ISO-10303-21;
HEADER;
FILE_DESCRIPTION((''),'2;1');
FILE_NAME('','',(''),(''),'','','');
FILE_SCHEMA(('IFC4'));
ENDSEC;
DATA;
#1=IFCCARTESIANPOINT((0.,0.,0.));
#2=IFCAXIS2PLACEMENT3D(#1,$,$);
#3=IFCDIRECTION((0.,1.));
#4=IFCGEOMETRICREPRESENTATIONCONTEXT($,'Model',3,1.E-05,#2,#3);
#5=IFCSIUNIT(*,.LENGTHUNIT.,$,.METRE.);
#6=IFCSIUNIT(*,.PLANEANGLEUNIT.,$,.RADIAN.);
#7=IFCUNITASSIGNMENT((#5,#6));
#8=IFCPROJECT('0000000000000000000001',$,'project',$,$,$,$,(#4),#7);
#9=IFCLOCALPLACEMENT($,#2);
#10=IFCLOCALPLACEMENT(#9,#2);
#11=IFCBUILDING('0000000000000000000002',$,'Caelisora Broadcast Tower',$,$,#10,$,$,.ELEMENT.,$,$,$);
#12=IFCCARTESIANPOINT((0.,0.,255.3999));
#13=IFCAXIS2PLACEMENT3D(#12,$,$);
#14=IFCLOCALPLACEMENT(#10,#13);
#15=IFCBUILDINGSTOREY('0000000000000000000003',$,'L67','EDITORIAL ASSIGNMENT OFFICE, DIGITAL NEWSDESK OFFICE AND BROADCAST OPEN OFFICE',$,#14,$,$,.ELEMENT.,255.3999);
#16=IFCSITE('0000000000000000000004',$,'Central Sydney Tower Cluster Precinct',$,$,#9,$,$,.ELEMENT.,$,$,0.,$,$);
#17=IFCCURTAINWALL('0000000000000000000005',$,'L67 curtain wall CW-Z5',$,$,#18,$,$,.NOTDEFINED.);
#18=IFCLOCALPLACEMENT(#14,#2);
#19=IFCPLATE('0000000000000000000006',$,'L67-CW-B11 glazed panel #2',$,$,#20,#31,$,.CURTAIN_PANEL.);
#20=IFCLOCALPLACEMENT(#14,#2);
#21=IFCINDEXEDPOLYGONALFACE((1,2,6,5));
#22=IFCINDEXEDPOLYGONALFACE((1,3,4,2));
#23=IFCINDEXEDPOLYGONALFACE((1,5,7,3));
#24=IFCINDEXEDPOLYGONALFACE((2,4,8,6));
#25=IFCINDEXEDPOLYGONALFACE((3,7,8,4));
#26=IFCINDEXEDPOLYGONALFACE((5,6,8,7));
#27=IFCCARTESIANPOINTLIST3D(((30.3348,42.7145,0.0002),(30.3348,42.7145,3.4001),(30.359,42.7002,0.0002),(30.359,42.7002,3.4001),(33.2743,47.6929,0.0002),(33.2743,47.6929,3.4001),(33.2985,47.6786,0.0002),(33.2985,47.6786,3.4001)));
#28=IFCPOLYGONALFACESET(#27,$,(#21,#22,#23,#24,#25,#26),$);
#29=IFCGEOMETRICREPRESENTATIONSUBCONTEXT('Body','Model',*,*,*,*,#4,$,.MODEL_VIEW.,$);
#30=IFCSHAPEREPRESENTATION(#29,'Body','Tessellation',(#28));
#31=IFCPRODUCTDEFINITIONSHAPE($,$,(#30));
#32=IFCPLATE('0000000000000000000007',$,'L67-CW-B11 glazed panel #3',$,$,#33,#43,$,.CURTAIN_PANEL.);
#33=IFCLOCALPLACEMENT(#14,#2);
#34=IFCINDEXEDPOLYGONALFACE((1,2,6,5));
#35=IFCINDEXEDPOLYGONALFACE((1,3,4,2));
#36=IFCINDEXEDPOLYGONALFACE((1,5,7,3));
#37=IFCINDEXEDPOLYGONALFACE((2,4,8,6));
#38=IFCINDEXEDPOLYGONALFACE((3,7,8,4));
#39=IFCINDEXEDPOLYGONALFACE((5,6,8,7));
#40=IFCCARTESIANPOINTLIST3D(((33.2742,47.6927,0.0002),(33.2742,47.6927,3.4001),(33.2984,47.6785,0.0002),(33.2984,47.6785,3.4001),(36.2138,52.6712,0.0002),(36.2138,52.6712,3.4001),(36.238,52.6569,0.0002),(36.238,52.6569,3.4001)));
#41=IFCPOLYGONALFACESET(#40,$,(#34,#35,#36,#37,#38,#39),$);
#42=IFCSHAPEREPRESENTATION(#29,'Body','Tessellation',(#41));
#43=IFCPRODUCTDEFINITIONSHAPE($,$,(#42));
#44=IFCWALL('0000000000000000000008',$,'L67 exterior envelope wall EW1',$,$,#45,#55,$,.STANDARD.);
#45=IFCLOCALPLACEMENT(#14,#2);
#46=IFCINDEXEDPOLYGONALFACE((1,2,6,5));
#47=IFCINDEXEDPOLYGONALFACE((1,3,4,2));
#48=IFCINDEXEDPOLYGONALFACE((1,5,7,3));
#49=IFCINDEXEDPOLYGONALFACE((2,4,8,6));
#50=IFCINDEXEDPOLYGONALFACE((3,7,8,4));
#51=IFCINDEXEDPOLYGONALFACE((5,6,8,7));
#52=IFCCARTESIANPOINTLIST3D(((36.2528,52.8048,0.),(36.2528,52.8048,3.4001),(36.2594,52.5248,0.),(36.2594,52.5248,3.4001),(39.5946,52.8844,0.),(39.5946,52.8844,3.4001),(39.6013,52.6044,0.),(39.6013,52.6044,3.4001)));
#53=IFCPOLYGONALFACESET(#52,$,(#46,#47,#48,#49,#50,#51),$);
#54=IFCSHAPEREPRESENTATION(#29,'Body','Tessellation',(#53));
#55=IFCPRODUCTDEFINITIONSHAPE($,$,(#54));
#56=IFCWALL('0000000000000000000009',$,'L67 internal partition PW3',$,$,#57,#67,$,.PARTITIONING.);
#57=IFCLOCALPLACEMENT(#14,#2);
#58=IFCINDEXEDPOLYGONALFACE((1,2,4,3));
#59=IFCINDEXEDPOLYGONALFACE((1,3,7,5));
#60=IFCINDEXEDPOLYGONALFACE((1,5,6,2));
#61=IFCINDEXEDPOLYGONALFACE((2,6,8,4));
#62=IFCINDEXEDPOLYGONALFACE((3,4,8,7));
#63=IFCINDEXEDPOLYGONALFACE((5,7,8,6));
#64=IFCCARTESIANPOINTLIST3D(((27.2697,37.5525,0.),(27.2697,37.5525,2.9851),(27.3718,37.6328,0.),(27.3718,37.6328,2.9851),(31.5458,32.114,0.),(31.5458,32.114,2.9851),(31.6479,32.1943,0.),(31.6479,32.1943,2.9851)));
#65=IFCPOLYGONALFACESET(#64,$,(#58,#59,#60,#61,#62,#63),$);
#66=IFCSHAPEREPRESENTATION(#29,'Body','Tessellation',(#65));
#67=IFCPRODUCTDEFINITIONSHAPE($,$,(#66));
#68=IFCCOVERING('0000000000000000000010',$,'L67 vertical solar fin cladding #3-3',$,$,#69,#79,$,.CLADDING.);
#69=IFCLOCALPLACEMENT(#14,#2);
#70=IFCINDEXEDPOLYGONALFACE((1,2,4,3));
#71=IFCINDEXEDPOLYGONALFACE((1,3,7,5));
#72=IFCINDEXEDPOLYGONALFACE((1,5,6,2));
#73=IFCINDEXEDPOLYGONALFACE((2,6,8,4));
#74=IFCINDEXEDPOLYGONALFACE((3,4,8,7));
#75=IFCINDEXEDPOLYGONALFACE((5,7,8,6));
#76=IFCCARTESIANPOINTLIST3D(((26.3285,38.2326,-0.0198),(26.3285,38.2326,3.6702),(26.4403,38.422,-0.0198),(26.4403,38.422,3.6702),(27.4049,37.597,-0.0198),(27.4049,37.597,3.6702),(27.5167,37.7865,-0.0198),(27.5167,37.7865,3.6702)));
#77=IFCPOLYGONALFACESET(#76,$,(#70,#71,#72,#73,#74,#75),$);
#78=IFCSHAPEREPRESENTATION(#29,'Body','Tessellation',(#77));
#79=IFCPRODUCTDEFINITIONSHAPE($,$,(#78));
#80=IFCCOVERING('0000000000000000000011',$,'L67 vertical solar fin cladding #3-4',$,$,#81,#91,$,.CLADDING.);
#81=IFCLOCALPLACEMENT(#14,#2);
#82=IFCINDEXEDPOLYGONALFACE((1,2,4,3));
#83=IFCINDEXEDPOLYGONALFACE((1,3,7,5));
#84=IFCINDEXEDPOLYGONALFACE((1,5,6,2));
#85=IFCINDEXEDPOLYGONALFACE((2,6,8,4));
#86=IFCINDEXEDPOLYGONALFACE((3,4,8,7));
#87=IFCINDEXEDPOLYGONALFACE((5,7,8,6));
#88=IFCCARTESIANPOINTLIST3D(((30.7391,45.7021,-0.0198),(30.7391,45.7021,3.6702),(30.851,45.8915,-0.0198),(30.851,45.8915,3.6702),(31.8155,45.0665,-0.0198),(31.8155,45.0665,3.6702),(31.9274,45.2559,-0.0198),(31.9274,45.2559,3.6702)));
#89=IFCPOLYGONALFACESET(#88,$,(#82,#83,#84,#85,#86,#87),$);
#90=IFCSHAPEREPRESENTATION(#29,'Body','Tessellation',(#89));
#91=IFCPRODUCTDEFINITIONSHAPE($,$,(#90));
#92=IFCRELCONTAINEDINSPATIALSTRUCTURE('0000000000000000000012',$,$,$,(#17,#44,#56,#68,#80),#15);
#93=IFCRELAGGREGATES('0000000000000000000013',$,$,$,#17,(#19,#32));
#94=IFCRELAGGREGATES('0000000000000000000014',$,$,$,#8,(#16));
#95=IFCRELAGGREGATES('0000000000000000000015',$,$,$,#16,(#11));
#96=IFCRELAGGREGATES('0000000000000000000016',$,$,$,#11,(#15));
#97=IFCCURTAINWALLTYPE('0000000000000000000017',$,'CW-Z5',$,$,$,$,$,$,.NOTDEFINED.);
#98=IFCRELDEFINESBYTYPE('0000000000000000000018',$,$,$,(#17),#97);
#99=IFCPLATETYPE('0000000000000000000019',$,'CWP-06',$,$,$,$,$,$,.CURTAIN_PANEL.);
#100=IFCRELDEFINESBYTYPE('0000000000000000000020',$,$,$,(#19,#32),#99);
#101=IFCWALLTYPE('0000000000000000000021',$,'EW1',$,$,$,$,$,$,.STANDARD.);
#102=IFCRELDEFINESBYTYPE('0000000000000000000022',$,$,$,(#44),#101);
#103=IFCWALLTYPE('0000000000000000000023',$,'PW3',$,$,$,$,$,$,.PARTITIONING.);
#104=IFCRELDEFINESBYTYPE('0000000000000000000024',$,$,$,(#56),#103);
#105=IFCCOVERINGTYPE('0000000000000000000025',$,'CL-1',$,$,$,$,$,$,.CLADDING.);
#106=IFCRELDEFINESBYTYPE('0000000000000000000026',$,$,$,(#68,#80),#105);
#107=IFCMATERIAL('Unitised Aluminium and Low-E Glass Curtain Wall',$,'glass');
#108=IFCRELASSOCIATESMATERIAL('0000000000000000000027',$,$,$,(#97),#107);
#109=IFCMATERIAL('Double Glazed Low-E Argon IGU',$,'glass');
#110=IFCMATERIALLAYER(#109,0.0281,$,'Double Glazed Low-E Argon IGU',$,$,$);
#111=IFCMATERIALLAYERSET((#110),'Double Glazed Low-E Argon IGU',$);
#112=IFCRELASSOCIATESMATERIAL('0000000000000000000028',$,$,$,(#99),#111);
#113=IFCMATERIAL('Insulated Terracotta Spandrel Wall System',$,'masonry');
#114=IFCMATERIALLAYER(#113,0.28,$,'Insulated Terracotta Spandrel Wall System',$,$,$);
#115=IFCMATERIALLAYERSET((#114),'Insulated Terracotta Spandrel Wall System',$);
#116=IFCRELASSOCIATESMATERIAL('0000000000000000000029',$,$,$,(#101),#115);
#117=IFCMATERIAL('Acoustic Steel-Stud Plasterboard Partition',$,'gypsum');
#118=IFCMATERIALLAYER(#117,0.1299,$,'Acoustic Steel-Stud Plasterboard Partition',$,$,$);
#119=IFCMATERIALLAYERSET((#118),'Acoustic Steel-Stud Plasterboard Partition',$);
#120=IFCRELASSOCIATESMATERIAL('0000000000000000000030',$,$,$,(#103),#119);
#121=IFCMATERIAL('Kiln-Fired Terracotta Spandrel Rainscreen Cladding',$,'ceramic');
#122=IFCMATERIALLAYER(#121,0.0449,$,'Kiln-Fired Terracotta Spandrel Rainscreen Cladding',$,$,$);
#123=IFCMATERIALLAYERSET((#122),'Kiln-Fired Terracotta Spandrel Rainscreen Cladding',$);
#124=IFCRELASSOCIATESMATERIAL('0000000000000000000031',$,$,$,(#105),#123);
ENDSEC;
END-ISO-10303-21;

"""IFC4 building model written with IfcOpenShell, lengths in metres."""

from ifc_helpers import new_model, si_unit, direction, frame, frame_2d, origin, origin_2d, place, context, subcontext, project, spatial, rectangle, extrude, source, transform, mapped, material, layer, layer_set, type_object, type_shapes, element, aggregate, save


model = new_model("IFC4")

# Units and contexts
model_context = context("Model", 3, precision=1e-05, world=origin(), true_north=direction((0.0, 1.0)))
body_context = subcontext(model_context, "Body", "Model", "MODEL_VIEW")
ifc_project = project(units=[si_unit("LENGTHUNIT", "METRE"), si_unit("PLANEANGLEUNIT", "RADIAN")], contexts=[model_context])

# Site, building, storey
site_placement = place(None, origin())
site = spatial("IfcSite", under=ifc_project, at=site_placement, Name="Central Sydney Tower Cluster Precinct", CompositionType="ELEMENT", RefElevation=0.0)
building_placement = place(site_placement, origin())
building = spatial("IfcBuilding", under=site, at=building_placement, Name="Caelisora Broadcast Tower", CompositionType="ELEMENT")
storey_placement = place(building_placement, frame((0.0, 0.0, 255.3999)))
storey = spatial("IfcBuildingStorey", under=building, at=storey_placement, Name="L67", Description="EDITORIAL ASSIGNMENT OFFICE, DIGITAL NEWSDESK OFFICE AND BROADCAST OPEN OFFICE", CompositionType="ELEMENT", Elevation=255.3999)

# Curtain wall
ifc_material_1 = material(Name="Unitised Aluminium and Low-E Glass Curtain Wall", Category="glass")
curtain_wall_type_1 = type_object("IfcCurtainWallType", Name="CW-Z5", PredefinedType="NOTDEFINED", material=ifc_material_1)
curtain_wall_1_placement = place(storey_placement, origin())
curtain_wall_1 = element("IfcCurtainWall", 1, at=curtain_wall_1_placement, inside=storey, type_object=curtain_wall_type_1, Name="L67 curtain wall CW-Z5", PredefinedType="NOTDEFINED")

# Plates
ifc_material_2 = material(Name="Double Glazed Low-E Argon IGU", Category="glass")
ifc_layer_1 = layer(ifc_material_2, 0.0281, Name="Double Glazed Low-E Argon IGU")
ifc_layer_set_1 = layer_set([ifc_layer_1], Name="Double Glazed Low-E Argon IGU")
plate_type_1 = type_object("IfcPlateType", Name="CWP-06", PredefinedType="CURTAIN_PANEL", material=ifc_layer_set_1)
shared_shape_1 = source(origin(), body_context, "Body", "SweptSolid", [
    extrude(rectangle(XDim=5.7815, YDim=0.0281, at=origin_2d()), origin(), (0.0, 0.0, 1.0), 3.3999),
])
type_shapes(plate_type_1, [shared_shape_1])
plate_1_placement = place(storey_placement, frame((31.8167, 45.1965, 0.0002), z_axis=(0.0, 0.0, 1.0), x_axis=(0.50844, 0.861097, 0.0)))
plate_1 = element("IfcPlate", 2, at=plate_1_placement, type_object=plate_type_1, Name="L67-CW-B11 glazed panel #2", PredefinedType="CURTAIN_PANEL", context=body_context, shape_type="MappedRepresentation", body=[
    mapped(shared_shape_1, transform((0.0, 0.0, 0.0), scale=1.0)),
])
plate_2_placement = place(storey_placement, frame((34.7561, 50.1748, 0.0002), z_axis=(0.0, 0.0, 1.0), x_axis=(0.50844, 0.861097, 0.0)))
plate_2 = element("IfcPlate", 3, at=plate_2_placement, type_object=plate_type_1, Name="L67-CW-B11 glazed panel #3", PredefinedType="CURTAIN_PANEL", context=body_context, shape_type="MappedRepresentation", body=[
    mapped(shared_shape_1, transform((0.0, 0.0, 0.0), scale=1.0)),
])
aggregate(curtain_wall_1, [plate_1, plate_2])

# Walls
ifc_material_3 = material(Name="Insulated Terracotta Spandrel Wall System", Category="masonry")
ifc_layer_2 = layer(ifc_material_3, 0.28, Name="Insulated Terracotta Spandrel Wall System")
ifc_layer_set_2 = layer_set([ifc_layer_2], Name="Insulated Terracotta Spandrel Wall System")
wall_type_1 = type_object("IfcWallType", Name="EW1", PredefinedType="STANDARD", material=ifc_layer_set_2)
wall_1_placement = place(storey_placement, frame((36.2561, 52.6648, 0.0), z_axis=(0.0, 0.0, 1.0), x_axis=(0.999717, 0.02381, 0.0)))
element("IfcWall", 4, at=wall_1_placement, inside=storey, type_object=wall_type_1, Name="L67 exterior envelope wall EW1", PredefinedType="STANDARD", context=body_context, shape_type="SweptSolid", body=[
    extrude(rectangle(XDim=3.3428, YDim=0.28, at=frame_2d((1.6714, 0.0))), origin(), (0.0, 0.0, 1.0), 3.4001),
])
ifc_material_4 = material(Name="Acoustic Steel-Stud Plasterboard Partition", Category="gypsum")
ifc_layer_3 = layer(ifc_material_4, 0.1299, Name="Acoustic Steel-Stud Plasterboard Partition")
ifc_layer_set_3 = layer_set([ifc_layer_3], Name="Acoustic Steel-Stud Plasterboard Partition")
wall_type_2 = type_object("IfcWallType", Name="PW3", PredefinedType="PARTITIONING", material=ifc_layer_set_3)
wall_2_placement = place(storey_placement, frame((27.3208, 37.5925, 0.0), z_axis=(0.0, 0.0, 1.0), x_axis=(0.618093, -0.786105, 0.0)))
element("IfcWall", 5, at=wall_2_placement, inside=storey, type_object=wall_type_2, Name="L67 internal partition PW3", PredefinedType="PARTITIONING", context=body_context, shape_type="SweptSolid", body=[
    extrude(rectangle(XDim=6.9182, YDim=0.1299, at=frame_2d((3.459, 0.0))), origin(), (0.0, 0.0, 1.0), 2.9851),
])

# Coverings
ifc_material_5 = material(Name="Kiln-Fired Terracotta Spandrel Rainscreen Cladding", Category="ceramic")
ifc_layer_4 = layer(ifc_material_5, 0.0449, Name="Kiln-Fired Terracotta Spandrel Rainscreen Cladding")
ifc_layer_set_4 = layer_set([ifc_layer_4], Name="Kiln-Fired Terracotta Spandrel Rainscreen Cladding")
covering_type = type_object("IfcCoveringType", Name="CL-1", PredefinedType="CLADDING", material=ifc_layer_set_4)
shared_shape_2 = source(origin(), body_context, "Body", "SweptSolid", [
    extrude(rectangle(XDim=0.22, YDim=1.25, at=origin_2d()), origin(), (0.0, 0.0, 1.0), 3.6899),
])
type_shapes(covering_type, [shared_shape_2])
for number, where, z_axis, x_axis, name in (
    (6, (26.9226, 38.0095, -0.0198), (0.0, 0.0, 1.0), (0.50844, 0.861097, 0.0), "L67 vertical solar fin cladding #3-3"),
    (7, (31.3333, 45.479, -0.0198), (0.0, 0.0, 1.0), (0.50844, 0.861097, 0.0), "L67 vertical solar fin cladding #3-4"),
):
    element("IfcCovering", number, at=place(storey_placement, frame(where, z_axis=z_axis, x_axis=x_axis)), inside=storey, type_object=covering_type, Name=name, PredefinedType="CLADDING", context=body_context, shape_type="MappedRepresentation", body=[
        mapped(shared_shape_2, transform((0.0, 0.0, 0.0), scale=1.0)),
    ])

save(model, "model.ifc")
